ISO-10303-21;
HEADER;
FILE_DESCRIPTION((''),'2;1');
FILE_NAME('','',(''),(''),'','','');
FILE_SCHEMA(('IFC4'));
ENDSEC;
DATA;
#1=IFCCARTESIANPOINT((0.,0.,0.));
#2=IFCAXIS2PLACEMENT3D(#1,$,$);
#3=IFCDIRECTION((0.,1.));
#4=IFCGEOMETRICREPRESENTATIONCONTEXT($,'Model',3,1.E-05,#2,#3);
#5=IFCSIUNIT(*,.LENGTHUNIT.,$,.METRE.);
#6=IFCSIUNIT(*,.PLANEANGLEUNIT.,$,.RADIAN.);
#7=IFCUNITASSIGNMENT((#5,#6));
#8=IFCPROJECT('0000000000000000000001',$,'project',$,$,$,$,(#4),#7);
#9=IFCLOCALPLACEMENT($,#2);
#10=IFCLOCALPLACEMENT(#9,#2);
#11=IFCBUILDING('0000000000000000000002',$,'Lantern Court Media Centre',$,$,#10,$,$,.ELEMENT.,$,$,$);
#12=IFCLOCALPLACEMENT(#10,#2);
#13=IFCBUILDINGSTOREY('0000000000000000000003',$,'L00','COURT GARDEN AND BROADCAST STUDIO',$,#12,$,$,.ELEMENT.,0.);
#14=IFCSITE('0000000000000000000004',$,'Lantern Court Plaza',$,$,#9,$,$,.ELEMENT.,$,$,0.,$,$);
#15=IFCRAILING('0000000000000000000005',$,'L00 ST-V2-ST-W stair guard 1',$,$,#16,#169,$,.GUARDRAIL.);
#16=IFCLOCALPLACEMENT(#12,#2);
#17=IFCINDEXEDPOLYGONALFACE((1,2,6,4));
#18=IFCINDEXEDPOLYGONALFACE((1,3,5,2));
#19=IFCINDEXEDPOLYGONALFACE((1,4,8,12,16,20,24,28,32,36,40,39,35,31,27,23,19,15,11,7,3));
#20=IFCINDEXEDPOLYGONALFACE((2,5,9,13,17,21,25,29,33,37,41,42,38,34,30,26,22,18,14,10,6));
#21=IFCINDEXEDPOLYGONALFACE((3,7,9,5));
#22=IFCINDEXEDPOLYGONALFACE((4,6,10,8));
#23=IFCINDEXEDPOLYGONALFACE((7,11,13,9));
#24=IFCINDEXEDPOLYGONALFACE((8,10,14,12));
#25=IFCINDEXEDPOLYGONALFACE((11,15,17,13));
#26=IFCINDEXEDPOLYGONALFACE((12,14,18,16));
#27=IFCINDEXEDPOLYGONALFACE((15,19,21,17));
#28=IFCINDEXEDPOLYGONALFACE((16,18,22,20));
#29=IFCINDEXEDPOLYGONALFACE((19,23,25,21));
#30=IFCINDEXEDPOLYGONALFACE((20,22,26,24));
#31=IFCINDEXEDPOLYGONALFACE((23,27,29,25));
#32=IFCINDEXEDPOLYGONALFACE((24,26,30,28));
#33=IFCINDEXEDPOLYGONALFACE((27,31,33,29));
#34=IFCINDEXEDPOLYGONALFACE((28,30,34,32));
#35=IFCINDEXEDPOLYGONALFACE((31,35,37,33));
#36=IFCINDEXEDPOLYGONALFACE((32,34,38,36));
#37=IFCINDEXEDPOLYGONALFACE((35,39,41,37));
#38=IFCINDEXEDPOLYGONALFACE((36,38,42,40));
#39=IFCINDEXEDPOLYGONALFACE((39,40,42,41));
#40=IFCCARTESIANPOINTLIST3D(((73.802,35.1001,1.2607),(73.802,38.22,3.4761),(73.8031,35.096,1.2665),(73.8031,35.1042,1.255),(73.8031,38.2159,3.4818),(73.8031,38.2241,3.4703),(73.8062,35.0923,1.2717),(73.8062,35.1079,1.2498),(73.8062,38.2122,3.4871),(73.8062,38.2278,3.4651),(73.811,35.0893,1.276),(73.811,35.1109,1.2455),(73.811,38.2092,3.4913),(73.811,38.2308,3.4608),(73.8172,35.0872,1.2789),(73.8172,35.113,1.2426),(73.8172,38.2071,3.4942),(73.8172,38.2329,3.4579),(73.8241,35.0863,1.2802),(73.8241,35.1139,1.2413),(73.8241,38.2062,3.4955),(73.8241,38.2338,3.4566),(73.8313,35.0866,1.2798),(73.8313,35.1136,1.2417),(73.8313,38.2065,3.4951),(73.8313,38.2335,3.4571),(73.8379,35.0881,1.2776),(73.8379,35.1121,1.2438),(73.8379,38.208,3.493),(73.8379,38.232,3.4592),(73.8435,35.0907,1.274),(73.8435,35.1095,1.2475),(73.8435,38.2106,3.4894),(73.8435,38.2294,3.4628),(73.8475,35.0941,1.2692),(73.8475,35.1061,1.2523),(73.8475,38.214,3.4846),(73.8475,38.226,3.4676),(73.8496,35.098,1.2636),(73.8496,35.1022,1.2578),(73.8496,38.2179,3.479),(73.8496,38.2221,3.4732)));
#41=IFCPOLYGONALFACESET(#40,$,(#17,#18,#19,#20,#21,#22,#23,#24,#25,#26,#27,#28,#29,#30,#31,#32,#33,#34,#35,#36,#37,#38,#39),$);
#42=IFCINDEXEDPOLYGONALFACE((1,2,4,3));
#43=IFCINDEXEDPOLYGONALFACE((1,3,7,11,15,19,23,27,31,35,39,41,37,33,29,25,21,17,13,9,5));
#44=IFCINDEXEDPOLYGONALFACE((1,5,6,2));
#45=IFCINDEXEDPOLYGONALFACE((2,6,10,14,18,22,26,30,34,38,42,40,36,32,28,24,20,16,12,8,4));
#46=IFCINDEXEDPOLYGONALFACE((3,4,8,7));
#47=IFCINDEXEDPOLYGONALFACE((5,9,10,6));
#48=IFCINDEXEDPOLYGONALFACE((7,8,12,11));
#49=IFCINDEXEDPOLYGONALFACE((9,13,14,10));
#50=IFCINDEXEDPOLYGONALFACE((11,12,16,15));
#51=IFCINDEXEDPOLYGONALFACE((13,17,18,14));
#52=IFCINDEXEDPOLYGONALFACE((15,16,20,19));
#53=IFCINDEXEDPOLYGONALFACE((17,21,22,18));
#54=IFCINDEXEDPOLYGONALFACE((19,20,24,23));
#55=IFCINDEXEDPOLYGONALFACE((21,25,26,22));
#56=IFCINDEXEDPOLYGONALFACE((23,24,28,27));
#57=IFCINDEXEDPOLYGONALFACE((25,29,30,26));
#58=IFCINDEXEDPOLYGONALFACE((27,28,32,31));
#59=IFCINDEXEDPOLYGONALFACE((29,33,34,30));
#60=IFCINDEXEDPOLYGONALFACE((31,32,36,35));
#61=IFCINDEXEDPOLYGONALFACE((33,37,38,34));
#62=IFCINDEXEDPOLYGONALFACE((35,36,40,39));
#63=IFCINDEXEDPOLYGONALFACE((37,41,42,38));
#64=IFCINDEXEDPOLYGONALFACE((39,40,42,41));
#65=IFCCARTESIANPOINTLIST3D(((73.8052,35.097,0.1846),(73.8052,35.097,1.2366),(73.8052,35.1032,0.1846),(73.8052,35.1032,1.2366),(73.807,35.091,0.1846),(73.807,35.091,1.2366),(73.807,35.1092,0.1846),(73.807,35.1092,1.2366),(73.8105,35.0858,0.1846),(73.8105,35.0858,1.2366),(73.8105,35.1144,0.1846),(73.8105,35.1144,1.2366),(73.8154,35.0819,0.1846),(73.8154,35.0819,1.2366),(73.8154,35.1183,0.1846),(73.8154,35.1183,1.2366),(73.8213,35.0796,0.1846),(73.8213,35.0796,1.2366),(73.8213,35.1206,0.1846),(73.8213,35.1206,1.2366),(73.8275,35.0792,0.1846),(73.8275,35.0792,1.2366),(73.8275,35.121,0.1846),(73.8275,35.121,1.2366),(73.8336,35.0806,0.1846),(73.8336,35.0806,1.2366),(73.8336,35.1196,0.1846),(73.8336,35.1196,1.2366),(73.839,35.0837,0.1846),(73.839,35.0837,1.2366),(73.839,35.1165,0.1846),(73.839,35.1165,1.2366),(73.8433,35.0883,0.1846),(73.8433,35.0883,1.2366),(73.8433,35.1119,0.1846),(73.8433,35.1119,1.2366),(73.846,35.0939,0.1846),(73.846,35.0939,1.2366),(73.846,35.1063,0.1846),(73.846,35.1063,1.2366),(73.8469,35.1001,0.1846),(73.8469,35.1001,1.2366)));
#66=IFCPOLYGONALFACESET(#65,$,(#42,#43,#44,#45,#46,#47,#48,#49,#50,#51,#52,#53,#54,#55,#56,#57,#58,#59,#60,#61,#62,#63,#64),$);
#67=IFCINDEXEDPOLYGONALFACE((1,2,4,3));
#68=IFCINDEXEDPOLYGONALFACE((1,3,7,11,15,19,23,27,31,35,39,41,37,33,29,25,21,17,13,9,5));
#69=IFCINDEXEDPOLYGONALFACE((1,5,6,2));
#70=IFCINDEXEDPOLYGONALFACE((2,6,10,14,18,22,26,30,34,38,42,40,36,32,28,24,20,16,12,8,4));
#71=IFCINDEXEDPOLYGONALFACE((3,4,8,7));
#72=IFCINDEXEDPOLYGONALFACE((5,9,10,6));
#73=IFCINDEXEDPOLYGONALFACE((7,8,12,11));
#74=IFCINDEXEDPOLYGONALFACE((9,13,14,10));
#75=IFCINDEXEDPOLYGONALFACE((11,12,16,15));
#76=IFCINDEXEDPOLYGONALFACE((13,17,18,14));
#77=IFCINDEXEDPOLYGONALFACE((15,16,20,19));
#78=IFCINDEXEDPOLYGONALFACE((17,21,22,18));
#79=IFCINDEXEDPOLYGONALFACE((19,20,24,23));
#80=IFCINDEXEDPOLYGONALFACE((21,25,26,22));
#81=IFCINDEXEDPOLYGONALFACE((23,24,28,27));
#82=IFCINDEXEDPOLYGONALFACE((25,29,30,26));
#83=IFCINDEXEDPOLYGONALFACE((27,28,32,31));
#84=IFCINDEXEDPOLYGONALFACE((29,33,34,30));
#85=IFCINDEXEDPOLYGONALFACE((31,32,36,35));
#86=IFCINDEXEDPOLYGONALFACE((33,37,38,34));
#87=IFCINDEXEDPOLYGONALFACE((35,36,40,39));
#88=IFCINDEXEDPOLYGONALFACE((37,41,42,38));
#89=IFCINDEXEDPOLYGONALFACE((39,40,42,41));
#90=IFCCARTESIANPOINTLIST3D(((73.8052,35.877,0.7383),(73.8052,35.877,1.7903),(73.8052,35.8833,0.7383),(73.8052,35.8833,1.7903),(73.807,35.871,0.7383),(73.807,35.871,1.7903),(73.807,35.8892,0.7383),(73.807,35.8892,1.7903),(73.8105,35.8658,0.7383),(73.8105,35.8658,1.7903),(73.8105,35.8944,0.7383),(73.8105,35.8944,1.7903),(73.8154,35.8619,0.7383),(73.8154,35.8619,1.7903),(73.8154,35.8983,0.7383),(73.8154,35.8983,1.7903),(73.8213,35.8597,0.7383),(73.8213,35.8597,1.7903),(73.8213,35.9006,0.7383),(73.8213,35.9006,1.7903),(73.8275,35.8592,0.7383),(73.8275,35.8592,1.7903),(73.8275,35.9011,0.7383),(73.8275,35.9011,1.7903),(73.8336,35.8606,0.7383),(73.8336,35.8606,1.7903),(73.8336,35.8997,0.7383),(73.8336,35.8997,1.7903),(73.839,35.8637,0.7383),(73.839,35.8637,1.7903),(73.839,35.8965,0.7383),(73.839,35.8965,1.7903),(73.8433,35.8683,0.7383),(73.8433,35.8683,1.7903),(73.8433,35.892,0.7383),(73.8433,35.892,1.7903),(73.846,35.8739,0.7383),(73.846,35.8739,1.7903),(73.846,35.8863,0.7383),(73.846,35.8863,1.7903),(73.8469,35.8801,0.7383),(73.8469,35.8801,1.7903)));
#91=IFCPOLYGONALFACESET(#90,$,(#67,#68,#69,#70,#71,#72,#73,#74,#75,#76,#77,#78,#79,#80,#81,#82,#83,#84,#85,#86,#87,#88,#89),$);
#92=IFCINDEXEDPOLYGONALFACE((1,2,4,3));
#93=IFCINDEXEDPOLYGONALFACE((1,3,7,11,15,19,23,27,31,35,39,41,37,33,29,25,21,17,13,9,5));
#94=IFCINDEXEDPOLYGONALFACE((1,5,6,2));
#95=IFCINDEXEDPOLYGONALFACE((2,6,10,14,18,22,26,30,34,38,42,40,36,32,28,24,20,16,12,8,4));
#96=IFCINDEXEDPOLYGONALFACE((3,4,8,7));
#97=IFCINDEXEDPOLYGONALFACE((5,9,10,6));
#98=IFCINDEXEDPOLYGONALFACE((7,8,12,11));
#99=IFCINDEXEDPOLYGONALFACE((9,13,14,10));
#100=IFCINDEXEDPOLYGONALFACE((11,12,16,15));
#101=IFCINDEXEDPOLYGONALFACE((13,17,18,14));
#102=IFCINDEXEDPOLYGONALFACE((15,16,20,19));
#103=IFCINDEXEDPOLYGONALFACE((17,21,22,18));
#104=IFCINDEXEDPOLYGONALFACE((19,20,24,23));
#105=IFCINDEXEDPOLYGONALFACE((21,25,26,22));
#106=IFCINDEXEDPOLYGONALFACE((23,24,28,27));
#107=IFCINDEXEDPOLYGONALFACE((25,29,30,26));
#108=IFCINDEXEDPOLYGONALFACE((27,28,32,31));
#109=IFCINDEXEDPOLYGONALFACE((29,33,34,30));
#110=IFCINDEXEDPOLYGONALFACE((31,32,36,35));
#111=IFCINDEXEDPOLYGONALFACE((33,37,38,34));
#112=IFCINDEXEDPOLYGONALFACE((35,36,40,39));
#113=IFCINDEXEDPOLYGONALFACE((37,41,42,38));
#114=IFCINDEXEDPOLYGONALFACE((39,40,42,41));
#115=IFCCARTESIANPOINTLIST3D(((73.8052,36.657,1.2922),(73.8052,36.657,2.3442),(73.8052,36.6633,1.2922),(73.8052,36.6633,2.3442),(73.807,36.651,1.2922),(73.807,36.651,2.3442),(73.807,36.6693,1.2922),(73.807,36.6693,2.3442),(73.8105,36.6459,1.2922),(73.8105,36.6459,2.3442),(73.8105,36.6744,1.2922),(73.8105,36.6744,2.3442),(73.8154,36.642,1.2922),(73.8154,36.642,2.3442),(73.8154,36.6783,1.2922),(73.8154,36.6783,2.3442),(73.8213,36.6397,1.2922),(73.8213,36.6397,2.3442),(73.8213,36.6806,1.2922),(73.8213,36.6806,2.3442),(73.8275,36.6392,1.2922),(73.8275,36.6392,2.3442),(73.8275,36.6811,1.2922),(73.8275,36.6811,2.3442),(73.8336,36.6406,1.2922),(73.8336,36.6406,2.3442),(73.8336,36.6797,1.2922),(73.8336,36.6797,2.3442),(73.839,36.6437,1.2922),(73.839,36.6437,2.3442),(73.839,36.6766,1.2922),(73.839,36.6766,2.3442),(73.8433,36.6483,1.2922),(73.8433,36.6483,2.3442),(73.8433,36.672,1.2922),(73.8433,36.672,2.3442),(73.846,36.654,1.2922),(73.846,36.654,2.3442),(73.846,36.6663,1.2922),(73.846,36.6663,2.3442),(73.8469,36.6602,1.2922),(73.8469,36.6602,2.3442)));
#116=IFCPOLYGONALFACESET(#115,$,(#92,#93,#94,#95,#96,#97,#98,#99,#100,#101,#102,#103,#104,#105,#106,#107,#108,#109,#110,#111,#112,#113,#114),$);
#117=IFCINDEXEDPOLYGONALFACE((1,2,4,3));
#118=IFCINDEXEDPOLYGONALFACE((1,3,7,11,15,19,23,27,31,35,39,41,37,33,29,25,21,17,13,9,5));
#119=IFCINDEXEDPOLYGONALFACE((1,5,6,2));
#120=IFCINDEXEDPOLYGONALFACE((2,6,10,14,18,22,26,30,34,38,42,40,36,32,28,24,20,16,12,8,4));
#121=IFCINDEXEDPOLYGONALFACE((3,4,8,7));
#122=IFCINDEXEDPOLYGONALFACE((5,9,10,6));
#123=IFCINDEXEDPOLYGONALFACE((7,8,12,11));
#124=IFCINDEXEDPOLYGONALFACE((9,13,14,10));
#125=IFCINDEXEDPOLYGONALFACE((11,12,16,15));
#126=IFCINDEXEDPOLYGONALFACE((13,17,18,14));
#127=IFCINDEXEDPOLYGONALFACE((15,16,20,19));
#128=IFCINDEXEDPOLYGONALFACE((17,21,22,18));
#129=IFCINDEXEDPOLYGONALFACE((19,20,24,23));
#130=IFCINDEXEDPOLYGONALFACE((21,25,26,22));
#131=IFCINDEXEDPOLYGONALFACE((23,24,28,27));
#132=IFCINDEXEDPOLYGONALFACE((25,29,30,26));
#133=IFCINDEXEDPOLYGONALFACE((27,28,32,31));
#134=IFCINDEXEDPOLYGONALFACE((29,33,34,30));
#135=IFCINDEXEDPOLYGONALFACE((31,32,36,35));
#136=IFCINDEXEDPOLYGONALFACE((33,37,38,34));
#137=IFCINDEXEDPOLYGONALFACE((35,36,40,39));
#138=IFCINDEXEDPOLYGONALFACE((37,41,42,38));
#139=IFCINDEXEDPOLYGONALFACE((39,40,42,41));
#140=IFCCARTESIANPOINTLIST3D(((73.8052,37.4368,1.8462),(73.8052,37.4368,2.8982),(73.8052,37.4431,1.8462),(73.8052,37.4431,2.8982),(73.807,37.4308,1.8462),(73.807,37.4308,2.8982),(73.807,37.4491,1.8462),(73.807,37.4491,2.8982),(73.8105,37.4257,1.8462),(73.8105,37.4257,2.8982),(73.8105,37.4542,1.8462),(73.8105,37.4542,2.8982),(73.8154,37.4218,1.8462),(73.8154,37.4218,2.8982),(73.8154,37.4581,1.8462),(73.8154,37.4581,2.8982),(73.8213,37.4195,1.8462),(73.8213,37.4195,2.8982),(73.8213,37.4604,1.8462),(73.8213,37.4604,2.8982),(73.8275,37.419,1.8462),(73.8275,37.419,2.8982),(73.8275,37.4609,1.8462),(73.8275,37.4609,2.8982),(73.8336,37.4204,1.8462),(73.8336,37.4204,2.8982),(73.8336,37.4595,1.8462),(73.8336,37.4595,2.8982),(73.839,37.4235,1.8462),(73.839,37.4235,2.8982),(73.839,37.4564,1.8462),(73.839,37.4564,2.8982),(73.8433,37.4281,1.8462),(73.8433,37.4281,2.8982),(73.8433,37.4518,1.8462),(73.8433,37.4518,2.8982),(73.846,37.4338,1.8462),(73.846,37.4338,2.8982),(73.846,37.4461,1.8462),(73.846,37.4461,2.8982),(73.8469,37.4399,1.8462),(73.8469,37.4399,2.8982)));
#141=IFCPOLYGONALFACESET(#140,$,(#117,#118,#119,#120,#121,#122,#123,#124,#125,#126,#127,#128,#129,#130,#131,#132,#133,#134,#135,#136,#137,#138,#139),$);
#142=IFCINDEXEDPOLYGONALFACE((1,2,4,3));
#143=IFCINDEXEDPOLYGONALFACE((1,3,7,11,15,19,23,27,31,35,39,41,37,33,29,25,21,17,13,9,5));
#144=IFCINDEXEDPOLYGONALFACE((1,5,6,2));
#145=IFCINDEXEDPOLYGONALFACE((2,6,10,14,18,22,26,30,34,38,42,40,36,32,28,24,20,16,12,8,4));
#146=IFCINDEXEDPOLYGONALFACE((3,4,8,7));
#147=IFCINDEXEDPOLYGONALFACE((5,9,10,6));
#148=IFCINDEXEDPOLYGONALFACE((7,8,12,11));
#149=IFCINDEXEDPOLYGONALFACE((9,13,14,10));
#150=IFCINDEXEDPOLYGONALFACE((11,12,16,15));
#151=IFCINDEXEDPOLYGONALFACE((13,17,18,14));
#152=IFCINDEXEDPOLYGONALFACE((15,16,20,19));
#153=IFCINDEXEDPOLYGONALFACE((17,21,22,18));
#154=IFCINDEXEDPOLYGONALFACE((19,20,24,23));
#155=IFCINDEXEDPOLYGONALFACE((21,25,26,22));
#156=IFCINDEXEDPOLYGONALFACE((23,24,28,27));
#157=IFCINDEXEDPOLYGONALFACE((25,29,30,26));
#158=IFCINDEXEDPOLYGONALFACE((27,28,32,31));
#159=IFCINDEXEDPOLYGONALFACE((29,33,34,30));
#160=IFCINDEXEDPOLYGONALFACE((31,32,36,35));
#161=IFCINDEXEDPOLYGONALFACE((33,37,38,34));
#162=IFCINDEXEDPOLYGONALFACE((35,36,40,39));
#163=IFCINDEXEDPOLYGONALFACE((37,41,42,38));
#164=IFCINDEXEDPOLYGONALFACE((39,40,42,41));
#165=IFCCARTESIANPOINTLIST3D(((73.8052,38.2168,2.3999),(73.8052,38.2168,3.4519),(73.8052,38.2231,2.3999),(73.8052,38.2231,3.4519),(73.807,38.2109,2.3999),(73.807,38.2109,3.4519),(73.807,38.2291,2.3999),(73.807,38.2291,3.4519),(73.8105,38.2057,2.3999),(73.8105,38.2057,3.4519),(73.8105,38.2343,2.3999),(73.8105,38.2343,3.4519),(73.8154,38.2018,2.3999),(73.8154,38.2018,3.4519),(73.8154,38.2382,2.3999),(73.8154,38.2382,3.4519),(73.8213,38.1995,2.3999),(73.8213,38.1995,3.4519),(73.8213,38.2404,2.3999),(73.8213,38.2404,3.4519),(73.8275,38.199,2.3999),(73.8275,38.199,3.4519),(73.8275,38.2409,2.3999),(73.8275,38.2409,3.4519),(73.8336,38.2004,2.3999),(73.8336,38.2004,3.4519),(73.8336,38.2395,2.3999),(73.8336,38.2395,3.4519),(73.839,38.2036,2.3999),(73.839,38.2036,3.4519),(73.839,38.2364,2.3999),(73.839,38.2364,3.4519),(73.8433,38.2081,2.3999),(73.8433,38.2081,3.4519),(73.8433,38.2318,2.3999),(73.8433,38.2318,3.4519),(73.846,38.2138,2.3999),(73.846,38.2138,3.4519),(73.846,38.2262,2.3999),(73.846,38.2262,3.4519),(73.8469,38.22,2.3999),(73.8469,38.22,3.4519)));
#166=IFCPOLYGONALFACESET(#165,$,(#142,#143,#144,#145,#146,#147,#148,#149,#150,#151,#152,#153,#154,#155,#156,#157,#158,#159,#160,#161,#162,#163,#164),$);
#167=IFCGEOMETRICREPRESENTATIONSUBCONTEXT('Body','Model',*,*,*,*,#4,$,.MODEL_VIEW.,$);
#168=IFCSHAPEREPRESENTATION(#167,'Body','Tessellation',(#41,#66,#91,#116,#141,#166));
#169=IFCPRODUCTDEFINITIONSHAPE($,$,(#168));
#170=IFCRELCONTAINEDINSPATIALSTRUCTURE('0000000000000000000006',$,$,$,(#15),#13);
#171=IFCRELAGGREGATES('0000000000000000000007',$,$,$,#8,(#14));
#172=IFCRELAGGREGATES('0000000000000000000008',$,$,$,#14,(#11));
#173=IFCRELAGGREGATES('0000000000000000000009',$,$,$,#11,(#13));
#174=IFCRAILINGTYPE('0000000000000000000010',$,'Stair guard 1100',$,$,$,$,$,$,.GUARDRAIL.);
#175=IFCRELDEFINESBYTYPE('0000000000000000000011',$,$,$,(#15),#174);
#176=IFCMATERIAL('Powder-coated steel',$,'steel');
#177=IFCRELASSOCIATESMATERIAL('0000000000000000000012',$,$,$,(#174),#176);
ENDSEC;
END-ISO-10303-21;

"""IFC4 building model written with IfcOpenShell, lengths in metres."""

from ifc_helpers import new_model, si_unit, direction, frame, origin, origin_2d, place, context, subcontext, project, spatial, circle, extrude, material, type_object, element, save


model = new_model("IFC4")

# Units and contexts
model_context = context("Model", 3, precision=1e-05, world=origin(), true_north=direction((0.0, 1.0)))
body_context = subcontext(model_context, "Body", "Model", "MODEL_VIEW")
ifc_project = project(units=[si_unit("LENGTHUNIT", "METRE"), si_unit("PLANEANGLEUNIT", "RADIAN")], contexts=[model_context])

# Site, building, storey
site_placement = place(None, origin())
site = spatial("IfcSite", under=ifc_project, at=site_placement, Name="Lantern Court Plaza", CompositionType="ELEMENT", RefElevation=0.0)
building_placement = place(site_placement, origin())
building = spatial("IfcBuilding", under=site, at=building_placement, Name="Lantern Court Media Centre", CompositionType="ELEMENT")
storey_placement = place(building_placement, origin())
storey = spatial("IfcBuildingStorey", under=building, at=storey_placement, Name="L00", Description="COURT GARDEN AND BROADCAST STUDIO", CompositionType="ELEMENT", Elevation=0.0)

# Railing
ifc_material_1 = material(Name="Powder-coated steel", Category="steel")
railing_type_1 = type_object("IfcRailingType", Name="Stair guard 1100", PredefinedType="GUARDRAIL", material=ifc_material_1)
railing_1_placement = place(storey_placement, frame((73.8259, 35.1001, 0.1846)))
element("IfcRailing", 1, at=railing_1_placement, inside=storey, type_object=railing_type_1, Name="L00 ST-V2-ST-W stair guard 1", PredefinedType="GUARDRAIL", context=body_context, shape_type="SweptSolid", body=[
    extrude(circle(Radius=0.0239, at=origin_2d()), frame((0.0, 0.0, 1.0762), z_axis=(0.0, 0.815356, 0.578961), x_axis=(-1.0, 0.0, 0.0)), (0.0, 0.0, 1.0), 3.8264),
    extrude(circle(Radius=0.021, at=origin_2d()), origin(), (0.0, 0.0, 1.0), 1.052),
    extrude(circle(Radius=0.021, at=origin_2d()), frame((0.0, 0.78, 0.5537)), (0.0, 0.0, 1.0), 1.052),
    extrude(circle(Radius=0.021, at=origin_2d()), frame((0.0, 1.5601, 1.1077)), (0.0, 0.0, 1.0), 1.052),
    extrude(circle(Radius=0.021, at=origin_2d()), frame((0.0, 2.3398, 1.6616)), (0.0, 0.0, 1.0), 1.052),
    extrude(circle(Radius=0.021, at=origin_2d()), frame((0.0, 3.1199, 2.2153)), (0.0, 0.0, 1.0), 1.052),
])

save(model, "model.ifc")
